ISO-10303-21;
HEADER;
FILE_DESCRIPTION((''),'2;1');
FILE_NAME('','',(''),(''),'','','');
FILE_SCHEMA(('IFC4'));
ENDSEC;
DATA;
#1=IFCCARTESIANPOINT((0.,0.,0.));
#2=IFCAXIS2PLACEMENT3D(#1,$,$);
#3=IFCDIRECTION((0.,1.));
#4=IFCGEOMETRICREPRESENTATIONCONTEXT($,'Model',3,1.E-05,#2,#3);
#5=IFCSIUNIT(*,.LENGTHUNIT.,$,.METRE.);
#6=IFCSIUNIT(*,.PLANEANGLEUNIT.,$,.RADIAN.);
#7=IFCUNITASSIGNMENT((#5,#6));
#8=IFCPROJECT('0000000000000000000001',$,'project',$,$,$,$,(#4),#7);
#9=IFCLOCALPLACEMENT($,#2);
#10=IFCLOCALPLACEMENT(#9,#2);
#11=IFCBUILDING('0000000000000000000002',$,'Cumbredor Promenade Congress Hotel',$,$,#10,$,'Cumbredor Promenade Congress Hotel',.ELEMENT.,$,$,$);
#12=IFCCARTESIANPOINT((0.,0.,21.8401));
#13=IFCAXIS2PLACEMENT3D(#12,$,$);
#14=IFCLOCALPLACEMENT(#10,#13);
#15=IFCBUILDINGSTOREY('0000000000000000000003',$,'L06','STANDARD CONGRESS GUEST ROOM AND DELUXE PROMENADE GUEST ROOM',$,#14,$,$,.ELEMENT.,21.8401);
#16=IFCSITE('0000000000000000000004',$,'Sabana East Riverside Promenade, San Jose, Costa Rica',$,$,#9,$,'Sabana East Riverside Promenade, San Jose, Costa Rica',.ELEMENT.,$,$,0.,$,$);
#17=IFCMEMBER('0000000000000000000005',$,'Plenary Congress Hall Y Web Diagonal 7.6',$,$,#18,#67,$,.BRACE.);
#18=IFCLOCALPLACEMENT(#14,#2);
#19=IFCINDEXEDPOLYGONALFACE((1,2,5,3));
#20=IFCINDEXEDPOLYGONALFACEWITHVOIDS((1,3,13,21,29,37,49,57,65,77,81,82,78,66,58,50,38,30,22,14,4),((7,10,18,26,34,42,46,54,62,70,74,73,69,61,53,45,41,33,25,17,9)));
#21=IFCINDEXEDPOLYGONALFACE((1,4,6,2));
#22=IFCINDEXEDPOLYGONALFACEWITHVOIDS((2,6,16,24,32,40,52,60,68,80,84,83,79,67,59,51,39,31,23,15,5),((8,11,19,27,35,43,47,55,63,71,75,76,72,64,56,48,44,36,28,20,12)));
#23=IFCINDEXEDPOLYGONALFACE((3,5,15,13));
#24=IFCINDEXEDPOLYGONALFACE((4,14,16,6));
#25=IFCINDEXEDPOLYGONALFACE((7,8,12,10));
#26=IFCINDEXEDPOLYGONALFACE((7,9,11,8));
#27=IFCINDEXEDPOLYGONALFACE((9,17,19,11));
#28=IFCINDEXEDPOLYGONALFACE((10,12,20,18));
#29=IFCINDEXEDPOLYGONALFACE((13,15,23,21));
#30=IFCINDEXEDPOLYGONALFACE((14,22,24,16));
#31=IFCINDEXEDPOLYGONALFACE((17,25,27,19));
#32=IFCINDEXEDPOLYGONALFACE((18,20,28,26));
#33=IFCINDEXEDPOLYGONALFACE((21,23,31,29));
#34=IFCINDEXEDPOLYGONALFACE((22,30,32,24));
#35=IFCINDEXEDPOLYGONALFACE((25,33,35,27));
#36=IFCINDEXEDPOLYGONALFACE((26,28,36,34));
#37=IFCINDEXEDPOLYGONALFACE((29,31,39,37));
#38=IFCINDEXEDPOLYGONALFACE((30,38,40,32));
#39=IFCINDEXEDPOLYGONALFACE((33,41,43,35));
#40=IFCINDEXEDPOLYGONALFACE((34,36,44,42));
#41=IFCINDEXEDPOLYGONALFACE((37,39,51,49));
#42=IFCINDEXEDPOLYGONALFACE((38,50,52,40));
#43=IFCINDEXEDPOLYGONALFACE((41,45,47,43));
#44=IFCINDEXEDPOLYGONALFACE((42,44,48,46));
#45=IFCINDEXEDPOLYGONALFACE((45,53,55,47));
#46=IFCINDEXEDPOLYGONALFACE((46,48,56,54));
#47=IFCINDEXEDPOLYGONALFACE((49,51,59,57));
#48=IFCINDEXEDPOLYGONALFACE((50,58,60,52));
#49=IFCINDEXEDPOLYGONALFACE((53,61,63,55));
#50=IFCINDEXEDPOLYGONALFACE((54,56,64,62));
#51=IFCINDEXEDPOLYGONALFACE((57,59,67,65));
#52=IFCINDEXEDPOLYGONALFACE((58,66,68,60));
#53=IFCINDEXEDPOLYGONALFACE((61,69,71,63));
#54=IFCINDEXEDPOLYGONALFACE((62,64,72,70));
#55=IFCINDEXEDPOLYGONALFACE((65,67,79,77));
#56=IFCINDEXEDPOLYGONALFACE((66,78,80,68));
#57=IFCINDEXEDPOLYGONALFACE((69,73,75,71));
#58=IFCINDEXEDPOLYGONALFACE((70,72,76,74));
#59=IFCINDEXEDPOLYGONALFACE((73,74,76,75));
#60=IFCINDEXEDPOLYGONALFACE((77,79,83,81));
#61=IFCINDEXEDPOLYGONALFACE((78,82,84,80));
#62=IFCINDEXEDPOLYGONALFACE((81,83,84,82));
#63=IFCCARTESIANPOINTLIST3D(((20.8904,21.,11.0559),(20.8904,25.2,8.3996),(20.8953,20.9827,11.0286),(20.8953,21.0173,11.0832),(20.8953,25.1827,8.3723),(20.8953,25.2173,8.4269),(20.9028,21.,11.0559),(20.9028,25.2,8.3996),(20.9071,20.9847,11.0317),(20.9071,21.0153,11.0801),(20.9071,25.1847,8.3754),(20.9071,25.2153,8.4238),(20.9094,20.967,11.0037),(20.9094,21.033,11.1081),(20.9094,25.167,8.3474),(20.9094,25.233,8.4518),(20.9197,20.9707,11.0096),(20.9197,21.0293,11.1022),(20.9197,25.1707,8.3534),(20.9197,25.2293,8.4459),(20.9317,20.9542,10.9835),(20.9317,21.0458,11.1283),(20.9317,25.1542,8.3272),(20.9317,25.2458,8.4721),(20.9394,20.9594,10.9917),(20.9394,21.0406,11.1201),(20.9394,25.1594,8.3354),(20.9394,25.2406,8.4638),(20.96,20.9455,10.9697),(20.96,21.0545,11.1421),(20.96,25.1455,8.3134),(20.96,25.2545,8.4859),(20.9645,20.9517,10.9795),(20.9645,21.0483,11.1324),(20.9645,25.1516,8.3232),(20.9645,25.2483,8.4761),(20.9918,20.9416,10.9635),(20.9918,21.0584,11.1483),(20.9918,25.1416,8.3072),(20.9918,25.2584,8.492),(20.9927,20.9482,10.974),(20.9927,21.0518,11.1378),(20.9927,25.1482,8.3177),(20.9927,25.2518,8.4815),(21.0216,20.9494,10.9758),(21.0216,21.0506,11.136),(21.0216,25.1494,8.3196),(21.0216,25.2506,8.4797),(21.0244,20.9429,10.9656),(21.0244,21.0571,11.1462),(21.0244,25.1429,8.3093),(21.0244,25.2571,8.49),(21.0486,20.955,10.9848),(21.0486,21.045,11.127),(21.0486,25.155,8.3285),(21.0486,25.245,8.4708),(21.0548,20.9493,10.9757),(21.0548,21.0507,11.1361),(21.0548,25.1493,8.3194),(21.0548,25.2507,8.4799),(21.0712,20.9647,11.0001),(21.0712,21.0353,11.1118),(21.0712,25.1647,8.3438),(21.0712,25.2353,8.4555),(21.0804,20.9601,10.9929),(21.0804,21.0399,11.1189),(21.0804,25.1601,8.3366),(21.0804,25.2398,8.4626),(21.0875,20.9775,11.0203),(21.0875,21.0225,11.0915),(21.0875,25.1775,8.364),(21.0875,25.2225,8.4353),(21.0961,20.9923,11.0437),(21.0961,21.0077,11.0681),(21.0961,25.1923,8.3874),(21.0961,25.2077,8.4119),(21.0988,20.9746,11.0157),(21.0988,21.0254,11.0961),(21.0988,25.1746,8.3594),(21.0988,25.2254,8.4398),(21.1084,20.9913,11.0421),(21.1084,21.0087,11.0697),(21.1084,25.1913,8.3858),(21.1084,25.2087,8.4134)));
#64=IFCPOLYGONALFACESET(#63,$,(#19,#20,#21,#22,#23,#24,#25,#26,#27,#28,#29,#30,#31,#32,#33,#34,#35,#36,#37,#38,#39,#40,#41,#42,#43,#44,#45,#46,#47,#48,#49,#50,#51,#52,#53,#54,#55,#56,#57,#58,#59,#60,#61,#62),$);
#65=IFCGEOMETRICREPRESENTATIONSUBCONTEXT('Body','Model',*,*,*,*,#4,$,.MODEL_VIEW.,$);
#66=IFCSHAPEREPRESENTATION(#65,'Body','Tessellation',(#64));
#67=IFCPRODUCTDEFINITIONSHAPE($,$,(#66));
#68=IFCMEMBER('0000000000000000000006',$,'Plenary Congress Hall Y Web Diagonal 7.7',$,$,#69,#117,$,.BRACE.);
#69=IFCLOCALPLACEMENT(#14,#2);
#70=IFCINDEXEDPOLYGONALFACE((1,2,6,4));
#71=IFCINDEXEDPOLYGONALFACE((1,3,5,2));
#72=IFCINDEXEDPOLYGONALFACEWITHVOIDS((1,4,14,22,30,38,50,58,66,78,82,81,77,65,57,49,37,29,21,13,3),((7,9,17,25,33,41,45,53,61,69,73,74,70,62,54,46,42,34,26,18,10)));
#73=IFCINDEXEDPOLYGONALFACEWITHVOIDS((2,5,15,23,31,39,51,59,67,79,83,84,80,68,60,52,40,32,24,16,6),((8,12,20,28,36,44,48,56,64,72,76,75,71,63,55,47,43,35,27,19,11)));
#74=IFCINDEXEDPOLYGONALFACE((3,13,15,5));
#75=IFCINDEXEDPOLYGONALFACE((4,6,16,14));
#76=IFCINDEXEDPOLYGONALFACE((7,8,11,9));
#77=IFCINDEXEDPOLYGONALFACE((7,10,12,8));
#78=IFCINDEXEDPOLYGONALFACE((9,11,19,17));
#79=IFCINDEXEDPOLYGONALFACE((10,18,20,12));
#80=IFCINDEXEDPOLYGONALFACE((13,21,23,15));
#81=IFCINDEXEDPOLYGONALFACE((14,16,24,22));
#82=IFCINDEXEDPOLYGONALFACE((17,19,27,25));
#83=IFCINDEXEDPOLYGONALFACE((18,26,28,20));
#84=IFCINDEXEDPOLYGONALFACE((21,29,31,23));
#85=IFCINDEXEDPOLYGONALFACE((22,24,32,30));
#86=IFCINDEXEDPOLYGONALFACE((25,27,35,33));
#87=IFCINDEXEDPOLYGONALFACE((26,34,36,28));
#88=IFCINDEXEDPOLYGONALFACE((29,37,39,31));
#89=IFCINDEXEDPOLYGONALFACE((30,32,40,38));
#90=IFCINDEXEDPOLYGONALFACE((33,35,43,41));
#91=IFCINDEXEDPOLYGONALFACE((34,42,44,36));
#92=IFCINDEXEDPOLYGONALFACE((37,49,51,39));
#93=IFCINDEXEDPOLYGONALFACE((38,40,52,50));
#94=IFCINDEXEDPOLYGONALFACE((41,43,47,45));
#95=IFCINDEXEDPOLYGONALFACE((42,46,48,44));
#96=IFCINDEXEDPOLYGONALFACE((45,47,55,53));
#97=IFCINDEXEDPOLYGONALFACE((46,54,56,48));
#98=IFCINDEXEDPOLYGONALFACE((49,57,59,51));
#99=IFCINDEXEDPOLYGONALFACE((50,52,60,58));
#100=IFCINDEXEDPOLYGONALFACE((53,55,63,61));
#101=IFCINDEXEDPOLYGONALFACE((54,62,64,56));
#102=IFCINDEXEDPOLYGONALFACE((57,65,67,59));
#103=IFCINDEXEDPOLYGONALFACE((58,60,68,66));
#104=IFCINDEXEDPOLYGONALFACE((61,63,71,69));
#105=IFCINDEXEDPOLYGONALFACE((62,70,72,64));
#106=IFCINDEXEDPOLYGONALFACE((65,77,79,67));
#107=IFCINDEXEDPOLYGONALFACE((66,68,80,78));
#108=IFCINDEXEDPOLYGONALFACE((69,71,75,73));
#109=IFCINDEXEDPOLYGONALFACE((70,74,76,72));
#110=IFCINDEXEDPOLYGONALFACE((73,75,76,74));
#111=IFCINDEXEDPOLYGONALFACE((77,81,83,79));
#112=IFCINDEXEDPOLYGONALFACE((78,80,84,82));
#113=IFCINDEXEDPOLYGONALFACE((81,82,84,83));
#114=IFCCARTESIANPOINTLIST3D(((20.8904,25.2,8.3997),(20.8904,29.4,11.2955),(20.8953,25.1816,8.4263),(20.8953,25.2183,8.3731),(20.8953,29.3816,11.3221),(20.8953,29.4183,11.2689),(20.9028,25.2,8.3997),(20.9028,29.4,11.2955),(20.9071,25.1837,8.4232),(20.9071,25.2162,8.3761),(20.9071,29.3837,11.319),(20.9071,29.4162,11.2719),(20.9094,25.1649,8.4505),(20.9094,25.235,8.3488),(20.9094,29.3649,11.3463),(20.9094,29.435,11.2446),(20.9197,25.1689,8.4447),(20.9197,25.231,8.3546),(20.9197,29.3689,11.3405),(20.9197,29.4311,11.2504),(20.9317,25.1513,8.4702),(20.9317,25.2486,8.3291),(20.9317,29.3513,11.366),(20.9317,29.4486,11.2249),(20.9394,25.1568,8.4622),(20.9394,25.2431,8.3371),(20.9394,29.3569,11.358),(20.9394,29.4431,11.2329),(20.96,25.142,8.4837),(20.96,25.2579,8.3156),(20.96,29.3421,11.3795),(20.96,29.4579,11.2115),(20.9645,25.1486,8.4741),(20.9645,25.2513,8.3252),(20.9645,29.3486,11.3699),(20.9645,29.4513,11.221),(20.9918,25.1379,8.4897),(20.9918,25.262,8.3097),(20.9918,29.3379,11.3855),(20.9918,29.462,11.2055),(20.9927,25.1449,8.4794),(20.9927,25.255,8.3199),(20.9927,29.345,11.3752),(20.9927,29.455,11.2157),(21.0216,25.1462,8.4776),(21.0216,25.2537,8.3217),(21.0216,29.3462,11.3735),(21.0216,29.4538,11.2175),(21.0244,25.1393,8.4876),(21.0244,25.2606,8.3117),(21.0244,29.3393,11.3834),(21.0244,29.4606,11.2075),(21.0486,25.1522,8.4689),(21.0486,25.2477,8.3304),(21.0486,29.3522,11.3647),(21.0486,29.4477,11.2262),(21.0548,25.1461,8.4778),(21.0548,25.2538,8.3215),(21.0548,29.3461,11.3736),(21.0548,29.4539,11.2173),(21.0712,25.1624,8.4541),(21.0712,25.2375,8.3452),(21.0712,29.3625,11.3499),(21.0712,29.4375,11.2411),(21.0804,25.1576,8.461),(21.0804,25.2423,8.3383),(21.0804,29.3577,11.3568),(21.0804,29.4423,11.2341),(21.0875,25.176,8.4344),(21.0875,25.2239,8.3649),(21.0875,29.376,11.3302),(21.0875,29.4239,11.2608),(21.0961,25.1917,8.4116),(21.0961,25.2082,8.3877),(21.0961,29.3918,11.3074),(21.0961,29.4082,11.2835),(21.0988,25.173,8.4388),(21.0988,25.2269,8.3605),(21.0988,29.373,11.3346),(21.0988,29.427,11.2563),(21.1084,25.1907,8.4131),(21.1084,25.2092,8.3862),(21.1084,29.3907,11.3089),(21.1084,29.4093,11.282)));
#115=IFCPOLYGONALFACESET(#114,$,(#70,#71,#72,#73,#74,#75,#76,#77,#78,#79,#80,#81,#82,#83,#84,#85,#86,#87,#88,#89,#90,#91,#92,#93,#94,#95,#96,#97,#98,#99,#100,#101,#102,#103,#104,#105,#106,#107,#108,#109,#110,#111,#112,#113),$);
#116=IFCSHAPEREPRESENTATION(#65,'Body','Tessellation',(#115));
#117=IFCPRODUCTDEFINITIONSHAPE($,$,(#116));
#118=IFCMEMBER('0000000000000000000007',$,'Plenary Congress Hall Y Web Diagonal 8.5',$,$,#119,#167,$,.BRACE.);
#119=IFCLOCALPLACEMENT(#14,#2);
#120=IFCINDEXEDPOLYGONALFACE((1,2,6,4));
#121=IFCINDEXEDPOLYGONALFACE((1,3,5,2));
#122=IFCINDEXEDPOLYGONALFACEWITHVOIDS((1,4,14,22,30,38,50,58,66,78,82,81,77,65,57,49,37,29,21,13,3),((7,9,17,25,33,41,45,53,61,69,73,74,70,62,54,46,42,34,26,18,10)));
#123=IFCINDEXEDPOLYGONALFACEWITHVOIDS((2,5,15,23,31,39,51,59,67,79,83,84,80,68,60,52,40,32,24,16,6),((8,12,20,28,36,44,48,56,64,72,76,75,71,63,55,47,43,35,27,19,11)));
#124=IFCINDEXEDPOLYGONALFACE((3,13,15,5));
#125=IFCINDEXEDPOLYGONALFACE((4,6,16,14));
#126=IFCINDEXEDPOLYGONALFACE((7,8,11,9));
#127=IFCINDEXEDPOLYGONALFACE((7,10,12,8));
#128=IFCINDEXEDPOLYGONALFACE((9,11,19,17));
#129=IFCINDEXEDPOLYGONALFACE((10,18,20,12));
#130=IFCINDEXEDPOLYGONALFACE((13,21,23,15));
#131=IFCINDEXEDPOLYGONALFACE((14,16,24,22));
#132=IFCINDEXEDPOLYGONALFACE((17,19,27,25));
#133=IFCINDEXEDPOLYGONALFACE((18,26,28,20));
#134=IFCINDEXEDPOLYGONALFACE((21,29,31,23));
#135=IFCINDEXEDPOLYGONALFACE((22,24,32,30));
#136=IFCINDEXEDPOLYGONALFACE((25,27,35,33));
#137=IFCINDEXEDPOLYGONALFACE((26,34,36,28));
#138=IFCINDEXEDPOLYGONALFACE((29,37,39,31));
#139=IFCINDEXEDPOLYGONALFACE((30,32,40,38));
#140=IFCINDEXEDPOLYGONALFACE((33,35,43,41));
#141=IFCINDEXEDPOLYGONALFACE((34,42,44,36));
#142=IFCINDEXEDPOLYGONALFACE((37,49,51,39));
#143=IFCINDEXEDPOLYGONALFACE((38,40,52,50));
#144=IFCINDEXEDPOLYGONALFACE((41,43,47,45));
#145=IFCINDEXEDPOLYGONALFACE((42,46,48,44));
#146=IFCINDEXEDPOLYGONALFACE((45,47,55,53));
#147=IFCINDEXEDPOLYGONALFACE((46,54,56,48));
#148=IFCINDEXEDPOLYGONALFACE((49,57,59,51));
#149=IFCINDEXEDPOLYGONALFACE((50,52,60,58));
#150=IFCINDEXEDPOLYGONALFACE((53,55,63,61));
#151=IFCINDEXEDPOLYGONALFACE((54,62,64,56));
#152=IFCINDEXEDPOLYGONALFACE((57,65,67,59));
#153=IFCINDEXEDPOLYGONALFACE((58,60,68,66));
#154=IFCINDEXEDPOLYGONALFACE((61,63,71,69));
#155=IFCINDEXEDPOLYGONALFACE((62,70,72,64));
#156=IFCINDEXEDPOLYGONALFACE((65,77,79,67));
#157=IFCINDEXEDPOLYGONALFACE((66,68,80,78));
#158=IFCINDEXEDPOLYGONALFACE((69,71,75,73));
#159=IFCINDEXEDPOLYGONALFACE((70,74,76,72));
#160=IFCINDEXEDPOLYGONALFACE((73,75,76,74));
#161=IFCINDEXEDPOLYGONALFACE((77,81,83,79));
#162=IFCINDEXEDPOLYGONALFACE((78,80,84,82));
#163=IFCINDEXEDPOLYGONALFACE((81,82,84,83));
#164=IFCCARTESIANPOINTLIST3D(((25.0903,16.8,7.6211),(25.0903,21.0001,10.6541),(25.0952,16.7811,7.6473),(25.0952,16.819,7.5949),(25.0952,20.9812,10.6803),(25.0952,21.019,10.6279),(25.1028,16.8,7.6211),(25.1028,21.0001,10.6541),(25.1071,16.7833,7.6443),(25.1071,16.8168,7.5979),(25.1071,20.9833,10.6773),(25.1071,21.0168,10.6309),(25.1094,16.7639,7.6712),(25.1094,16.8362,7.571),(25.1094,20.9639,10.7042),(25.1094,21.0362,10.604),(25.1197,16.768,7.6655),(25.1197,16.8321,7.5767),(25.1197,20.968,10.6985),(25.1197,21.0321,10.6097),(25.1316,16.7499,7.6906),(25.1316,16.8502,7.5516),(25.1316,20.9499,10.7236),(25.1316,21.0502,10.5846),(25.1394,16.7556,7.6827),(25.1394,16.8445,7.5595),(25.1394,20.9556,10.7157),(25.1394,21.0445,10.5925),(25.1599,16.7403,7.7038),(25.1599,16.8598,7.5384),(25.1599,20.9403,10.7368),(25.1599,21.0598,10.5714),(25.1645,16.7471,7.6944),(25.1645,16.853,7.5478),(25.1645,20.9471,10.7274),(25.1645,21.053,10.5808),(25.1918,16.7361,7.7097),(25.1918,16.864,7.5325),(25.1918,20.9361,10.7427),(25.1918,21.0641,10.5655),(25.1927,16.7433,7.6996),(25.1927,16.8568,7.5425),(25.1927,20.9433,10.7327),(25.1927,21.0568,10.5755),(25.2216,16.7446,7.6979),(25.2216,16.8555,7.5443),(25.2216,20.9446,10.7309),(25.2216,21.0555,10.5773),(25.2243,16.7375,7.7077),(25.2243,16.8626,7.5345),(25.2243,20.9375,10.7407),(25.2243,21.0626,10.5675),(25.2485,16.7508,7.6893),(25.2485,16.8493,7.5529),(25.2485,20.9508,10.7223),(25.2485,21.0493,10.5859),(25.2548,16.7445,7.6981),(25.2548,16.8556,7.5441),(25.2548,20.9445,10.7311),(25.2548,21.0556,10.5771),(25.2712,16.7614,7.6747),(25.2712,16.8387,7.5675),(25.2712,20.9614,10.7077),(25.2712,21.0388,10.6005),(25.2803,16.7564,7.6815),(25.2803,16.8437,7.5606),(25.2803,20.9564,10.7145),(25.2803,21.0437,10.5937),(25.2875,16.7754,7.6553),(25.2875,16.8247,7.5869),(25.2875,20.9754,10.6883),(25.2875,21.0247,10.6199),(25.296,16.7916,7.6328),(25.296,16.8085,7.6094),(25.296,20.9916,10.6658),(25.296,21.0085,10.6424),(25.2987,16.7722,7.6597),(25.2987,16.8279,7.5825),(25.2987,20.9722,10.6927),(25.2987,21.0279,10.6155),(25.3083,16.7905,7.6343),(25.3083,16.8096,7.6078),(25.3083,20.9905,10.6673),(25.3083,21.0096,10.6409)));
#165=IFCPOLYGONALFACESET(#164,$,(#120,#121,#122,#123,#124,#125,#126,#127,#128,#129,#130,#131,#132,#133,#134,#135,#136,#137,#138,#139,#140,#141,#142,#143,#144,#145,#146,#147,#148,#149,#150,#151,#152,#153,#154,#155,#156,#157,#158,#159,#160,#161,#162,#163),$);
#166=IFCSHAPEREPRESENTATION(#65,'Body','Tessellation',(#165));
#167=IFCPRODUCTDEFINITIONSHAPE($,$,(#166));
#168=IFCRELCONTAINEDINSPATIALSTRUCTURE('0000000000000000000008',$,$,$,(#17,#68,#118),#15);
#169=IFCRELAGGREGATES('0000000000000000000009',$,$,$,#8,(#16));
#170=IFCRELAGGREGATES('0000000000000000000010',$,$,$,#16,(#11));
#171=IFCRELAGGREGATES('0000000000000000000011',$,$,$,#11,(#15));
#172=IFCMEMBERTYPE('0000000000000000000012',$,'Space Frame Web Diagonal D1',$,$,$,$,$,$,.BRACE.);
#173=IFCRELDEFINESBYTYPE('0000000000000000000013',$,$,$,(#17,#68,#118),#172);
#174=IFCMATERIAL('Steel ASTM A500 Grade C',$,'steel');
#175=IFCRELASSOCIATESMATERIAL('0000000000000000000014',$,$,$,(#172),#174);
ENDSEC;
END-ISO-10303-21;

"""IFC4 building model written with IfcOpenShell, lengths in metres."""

from ifc_helpers import new_model, si_unit, direction, frame, origin, origin_2d, place, context, subcontext, project, spatial, hollow_circle, extrude, material, material_profile, profile_set, type_object, element, save


model = new_model("IFC4")

# Units and contexts
model_context = context("Model", 3, precision=1e-05, world=origin(), true_north=direction((0.0, 1.0)))
body_context = subcontext(model_context, "Body", "Model", "MODEL_VIEW")
ifc_project = project(units=[si_unit("LENGTHUNIT", "METRE"), si_unit("PLANEANGLEUNIT", "RADIAN")], contexts=[model_context])

# Site, building, storey
site_placement = place(None, origin())
site = spatial("IfcSite", under=ifc_project, at=site_placement, Name="Sabana East Riverside Promenade, San Jose, Costa Rica", LongName="Sabana East Riverside Promenade, San Jose, Costa Rica", CompositionType="ELEMENT", RefElevation=0.0)
building_placement = place(site_placement, origin())
building = spatial("IfcBuilding", under=site, at=building_placement, Name="Cumbredor Promenade Congress Hotel", LongName="Cumbredor Promenade Congress Hotel", CompositionType="ELEMENT")
storey_placement = place(building_placement, frame((0.0, 0.0, 21.8401)))
storey = spatial("IfcBuildingStorey", under=building, at=storey_placement, Name="L06", Description="STANDARD CONGRESS GUEST ROOM AND DELUXE PROMENADE GUEST ROOM", CompositionType="ELEMENT", Elevation=21.8401)

# Members
ifc_material_1 = material(Name="Steel ASTM A500 Grade C", Category="steel")
ifc_material_profile_1 = material_profile(ifc_material_1, hollow_circle(Radius=0.1096, WallThickness=0.0125, at=origin_2d()), Name="CHS 219.1x12.5")
ifc_profile_set_1 = profile_set([ifc_material_profile_1], Name="Steel ASTM A500 Grade C")
member_type_1 = type_object("IfcMemberType", Name="Space Frame Web Diagonal D1", PredefinedType="BRACE", material=ifc_profile_set_1)
member_1_placement = place(storey_placement, frame((21.0, 21.0, 11.0559), z_axis=(0.0, 0.845157, -0.534518), x_axis=(-1.0, 0.0, 0.0)))
element("IfcMember", 1, at=member_1_placement, inside=storey, type_object=member_type_1, Name="Plenary Congress Hall Y Web Diagonal 7.6", PredefinedType="BRACE", context=body_context, shape_type="SweptSolid", body=[
    extrude(hollow_circle(Radius=0.1096, WallThickness=0.0125, at=origin_2d()), origin(), (0.0, 0.0, 1.0), 4.9695),
])
member_2_placement = place(storey_placement, frame((21.0, 25.2, 8.3997), z_axis=(0.0, 0.823283, 0.567631), x_axis=(-1.0, 0.0, 0.0)))
element("IfcMember", 2, at=member_2_placement, inside=storey, type_object=member_type_1, Name="Plenary Congress Hall Y Web Diagonal 7.7", PredefinedType="BRACE", context=body_context, shape_type="SweptSolid", body=[
    extrude(hollow_circle(Radius=0.1096, WallThickness=0.0125, at=origin_2d()), origin(), (0.0, 0.0, 1.0), 5.1016),
])
member_3_placement = place(storey_placement, frame((25.2, 16.8, 7.6211), z_axis=(0.0, 0.81071, 0.585448), x_axis=(-1.0, 0.0, 0.0)))
element("IfcMember", 3, at=member_3_placement, inside=storey, type_object=member_type_1, Name="Plenary Congress Hall Y Web Diagonal 8.5", PredefinedType="BRACE", context=body_context, shape_type="SweptSolid", body=[
    extrude(hollow_circle(Radius=0.1096, WallThickness=0.0125, at=origin_2d()), origin(), (0.0, 0.0, 1.0), 5.1807),
])

save(model, "model.ifc")
